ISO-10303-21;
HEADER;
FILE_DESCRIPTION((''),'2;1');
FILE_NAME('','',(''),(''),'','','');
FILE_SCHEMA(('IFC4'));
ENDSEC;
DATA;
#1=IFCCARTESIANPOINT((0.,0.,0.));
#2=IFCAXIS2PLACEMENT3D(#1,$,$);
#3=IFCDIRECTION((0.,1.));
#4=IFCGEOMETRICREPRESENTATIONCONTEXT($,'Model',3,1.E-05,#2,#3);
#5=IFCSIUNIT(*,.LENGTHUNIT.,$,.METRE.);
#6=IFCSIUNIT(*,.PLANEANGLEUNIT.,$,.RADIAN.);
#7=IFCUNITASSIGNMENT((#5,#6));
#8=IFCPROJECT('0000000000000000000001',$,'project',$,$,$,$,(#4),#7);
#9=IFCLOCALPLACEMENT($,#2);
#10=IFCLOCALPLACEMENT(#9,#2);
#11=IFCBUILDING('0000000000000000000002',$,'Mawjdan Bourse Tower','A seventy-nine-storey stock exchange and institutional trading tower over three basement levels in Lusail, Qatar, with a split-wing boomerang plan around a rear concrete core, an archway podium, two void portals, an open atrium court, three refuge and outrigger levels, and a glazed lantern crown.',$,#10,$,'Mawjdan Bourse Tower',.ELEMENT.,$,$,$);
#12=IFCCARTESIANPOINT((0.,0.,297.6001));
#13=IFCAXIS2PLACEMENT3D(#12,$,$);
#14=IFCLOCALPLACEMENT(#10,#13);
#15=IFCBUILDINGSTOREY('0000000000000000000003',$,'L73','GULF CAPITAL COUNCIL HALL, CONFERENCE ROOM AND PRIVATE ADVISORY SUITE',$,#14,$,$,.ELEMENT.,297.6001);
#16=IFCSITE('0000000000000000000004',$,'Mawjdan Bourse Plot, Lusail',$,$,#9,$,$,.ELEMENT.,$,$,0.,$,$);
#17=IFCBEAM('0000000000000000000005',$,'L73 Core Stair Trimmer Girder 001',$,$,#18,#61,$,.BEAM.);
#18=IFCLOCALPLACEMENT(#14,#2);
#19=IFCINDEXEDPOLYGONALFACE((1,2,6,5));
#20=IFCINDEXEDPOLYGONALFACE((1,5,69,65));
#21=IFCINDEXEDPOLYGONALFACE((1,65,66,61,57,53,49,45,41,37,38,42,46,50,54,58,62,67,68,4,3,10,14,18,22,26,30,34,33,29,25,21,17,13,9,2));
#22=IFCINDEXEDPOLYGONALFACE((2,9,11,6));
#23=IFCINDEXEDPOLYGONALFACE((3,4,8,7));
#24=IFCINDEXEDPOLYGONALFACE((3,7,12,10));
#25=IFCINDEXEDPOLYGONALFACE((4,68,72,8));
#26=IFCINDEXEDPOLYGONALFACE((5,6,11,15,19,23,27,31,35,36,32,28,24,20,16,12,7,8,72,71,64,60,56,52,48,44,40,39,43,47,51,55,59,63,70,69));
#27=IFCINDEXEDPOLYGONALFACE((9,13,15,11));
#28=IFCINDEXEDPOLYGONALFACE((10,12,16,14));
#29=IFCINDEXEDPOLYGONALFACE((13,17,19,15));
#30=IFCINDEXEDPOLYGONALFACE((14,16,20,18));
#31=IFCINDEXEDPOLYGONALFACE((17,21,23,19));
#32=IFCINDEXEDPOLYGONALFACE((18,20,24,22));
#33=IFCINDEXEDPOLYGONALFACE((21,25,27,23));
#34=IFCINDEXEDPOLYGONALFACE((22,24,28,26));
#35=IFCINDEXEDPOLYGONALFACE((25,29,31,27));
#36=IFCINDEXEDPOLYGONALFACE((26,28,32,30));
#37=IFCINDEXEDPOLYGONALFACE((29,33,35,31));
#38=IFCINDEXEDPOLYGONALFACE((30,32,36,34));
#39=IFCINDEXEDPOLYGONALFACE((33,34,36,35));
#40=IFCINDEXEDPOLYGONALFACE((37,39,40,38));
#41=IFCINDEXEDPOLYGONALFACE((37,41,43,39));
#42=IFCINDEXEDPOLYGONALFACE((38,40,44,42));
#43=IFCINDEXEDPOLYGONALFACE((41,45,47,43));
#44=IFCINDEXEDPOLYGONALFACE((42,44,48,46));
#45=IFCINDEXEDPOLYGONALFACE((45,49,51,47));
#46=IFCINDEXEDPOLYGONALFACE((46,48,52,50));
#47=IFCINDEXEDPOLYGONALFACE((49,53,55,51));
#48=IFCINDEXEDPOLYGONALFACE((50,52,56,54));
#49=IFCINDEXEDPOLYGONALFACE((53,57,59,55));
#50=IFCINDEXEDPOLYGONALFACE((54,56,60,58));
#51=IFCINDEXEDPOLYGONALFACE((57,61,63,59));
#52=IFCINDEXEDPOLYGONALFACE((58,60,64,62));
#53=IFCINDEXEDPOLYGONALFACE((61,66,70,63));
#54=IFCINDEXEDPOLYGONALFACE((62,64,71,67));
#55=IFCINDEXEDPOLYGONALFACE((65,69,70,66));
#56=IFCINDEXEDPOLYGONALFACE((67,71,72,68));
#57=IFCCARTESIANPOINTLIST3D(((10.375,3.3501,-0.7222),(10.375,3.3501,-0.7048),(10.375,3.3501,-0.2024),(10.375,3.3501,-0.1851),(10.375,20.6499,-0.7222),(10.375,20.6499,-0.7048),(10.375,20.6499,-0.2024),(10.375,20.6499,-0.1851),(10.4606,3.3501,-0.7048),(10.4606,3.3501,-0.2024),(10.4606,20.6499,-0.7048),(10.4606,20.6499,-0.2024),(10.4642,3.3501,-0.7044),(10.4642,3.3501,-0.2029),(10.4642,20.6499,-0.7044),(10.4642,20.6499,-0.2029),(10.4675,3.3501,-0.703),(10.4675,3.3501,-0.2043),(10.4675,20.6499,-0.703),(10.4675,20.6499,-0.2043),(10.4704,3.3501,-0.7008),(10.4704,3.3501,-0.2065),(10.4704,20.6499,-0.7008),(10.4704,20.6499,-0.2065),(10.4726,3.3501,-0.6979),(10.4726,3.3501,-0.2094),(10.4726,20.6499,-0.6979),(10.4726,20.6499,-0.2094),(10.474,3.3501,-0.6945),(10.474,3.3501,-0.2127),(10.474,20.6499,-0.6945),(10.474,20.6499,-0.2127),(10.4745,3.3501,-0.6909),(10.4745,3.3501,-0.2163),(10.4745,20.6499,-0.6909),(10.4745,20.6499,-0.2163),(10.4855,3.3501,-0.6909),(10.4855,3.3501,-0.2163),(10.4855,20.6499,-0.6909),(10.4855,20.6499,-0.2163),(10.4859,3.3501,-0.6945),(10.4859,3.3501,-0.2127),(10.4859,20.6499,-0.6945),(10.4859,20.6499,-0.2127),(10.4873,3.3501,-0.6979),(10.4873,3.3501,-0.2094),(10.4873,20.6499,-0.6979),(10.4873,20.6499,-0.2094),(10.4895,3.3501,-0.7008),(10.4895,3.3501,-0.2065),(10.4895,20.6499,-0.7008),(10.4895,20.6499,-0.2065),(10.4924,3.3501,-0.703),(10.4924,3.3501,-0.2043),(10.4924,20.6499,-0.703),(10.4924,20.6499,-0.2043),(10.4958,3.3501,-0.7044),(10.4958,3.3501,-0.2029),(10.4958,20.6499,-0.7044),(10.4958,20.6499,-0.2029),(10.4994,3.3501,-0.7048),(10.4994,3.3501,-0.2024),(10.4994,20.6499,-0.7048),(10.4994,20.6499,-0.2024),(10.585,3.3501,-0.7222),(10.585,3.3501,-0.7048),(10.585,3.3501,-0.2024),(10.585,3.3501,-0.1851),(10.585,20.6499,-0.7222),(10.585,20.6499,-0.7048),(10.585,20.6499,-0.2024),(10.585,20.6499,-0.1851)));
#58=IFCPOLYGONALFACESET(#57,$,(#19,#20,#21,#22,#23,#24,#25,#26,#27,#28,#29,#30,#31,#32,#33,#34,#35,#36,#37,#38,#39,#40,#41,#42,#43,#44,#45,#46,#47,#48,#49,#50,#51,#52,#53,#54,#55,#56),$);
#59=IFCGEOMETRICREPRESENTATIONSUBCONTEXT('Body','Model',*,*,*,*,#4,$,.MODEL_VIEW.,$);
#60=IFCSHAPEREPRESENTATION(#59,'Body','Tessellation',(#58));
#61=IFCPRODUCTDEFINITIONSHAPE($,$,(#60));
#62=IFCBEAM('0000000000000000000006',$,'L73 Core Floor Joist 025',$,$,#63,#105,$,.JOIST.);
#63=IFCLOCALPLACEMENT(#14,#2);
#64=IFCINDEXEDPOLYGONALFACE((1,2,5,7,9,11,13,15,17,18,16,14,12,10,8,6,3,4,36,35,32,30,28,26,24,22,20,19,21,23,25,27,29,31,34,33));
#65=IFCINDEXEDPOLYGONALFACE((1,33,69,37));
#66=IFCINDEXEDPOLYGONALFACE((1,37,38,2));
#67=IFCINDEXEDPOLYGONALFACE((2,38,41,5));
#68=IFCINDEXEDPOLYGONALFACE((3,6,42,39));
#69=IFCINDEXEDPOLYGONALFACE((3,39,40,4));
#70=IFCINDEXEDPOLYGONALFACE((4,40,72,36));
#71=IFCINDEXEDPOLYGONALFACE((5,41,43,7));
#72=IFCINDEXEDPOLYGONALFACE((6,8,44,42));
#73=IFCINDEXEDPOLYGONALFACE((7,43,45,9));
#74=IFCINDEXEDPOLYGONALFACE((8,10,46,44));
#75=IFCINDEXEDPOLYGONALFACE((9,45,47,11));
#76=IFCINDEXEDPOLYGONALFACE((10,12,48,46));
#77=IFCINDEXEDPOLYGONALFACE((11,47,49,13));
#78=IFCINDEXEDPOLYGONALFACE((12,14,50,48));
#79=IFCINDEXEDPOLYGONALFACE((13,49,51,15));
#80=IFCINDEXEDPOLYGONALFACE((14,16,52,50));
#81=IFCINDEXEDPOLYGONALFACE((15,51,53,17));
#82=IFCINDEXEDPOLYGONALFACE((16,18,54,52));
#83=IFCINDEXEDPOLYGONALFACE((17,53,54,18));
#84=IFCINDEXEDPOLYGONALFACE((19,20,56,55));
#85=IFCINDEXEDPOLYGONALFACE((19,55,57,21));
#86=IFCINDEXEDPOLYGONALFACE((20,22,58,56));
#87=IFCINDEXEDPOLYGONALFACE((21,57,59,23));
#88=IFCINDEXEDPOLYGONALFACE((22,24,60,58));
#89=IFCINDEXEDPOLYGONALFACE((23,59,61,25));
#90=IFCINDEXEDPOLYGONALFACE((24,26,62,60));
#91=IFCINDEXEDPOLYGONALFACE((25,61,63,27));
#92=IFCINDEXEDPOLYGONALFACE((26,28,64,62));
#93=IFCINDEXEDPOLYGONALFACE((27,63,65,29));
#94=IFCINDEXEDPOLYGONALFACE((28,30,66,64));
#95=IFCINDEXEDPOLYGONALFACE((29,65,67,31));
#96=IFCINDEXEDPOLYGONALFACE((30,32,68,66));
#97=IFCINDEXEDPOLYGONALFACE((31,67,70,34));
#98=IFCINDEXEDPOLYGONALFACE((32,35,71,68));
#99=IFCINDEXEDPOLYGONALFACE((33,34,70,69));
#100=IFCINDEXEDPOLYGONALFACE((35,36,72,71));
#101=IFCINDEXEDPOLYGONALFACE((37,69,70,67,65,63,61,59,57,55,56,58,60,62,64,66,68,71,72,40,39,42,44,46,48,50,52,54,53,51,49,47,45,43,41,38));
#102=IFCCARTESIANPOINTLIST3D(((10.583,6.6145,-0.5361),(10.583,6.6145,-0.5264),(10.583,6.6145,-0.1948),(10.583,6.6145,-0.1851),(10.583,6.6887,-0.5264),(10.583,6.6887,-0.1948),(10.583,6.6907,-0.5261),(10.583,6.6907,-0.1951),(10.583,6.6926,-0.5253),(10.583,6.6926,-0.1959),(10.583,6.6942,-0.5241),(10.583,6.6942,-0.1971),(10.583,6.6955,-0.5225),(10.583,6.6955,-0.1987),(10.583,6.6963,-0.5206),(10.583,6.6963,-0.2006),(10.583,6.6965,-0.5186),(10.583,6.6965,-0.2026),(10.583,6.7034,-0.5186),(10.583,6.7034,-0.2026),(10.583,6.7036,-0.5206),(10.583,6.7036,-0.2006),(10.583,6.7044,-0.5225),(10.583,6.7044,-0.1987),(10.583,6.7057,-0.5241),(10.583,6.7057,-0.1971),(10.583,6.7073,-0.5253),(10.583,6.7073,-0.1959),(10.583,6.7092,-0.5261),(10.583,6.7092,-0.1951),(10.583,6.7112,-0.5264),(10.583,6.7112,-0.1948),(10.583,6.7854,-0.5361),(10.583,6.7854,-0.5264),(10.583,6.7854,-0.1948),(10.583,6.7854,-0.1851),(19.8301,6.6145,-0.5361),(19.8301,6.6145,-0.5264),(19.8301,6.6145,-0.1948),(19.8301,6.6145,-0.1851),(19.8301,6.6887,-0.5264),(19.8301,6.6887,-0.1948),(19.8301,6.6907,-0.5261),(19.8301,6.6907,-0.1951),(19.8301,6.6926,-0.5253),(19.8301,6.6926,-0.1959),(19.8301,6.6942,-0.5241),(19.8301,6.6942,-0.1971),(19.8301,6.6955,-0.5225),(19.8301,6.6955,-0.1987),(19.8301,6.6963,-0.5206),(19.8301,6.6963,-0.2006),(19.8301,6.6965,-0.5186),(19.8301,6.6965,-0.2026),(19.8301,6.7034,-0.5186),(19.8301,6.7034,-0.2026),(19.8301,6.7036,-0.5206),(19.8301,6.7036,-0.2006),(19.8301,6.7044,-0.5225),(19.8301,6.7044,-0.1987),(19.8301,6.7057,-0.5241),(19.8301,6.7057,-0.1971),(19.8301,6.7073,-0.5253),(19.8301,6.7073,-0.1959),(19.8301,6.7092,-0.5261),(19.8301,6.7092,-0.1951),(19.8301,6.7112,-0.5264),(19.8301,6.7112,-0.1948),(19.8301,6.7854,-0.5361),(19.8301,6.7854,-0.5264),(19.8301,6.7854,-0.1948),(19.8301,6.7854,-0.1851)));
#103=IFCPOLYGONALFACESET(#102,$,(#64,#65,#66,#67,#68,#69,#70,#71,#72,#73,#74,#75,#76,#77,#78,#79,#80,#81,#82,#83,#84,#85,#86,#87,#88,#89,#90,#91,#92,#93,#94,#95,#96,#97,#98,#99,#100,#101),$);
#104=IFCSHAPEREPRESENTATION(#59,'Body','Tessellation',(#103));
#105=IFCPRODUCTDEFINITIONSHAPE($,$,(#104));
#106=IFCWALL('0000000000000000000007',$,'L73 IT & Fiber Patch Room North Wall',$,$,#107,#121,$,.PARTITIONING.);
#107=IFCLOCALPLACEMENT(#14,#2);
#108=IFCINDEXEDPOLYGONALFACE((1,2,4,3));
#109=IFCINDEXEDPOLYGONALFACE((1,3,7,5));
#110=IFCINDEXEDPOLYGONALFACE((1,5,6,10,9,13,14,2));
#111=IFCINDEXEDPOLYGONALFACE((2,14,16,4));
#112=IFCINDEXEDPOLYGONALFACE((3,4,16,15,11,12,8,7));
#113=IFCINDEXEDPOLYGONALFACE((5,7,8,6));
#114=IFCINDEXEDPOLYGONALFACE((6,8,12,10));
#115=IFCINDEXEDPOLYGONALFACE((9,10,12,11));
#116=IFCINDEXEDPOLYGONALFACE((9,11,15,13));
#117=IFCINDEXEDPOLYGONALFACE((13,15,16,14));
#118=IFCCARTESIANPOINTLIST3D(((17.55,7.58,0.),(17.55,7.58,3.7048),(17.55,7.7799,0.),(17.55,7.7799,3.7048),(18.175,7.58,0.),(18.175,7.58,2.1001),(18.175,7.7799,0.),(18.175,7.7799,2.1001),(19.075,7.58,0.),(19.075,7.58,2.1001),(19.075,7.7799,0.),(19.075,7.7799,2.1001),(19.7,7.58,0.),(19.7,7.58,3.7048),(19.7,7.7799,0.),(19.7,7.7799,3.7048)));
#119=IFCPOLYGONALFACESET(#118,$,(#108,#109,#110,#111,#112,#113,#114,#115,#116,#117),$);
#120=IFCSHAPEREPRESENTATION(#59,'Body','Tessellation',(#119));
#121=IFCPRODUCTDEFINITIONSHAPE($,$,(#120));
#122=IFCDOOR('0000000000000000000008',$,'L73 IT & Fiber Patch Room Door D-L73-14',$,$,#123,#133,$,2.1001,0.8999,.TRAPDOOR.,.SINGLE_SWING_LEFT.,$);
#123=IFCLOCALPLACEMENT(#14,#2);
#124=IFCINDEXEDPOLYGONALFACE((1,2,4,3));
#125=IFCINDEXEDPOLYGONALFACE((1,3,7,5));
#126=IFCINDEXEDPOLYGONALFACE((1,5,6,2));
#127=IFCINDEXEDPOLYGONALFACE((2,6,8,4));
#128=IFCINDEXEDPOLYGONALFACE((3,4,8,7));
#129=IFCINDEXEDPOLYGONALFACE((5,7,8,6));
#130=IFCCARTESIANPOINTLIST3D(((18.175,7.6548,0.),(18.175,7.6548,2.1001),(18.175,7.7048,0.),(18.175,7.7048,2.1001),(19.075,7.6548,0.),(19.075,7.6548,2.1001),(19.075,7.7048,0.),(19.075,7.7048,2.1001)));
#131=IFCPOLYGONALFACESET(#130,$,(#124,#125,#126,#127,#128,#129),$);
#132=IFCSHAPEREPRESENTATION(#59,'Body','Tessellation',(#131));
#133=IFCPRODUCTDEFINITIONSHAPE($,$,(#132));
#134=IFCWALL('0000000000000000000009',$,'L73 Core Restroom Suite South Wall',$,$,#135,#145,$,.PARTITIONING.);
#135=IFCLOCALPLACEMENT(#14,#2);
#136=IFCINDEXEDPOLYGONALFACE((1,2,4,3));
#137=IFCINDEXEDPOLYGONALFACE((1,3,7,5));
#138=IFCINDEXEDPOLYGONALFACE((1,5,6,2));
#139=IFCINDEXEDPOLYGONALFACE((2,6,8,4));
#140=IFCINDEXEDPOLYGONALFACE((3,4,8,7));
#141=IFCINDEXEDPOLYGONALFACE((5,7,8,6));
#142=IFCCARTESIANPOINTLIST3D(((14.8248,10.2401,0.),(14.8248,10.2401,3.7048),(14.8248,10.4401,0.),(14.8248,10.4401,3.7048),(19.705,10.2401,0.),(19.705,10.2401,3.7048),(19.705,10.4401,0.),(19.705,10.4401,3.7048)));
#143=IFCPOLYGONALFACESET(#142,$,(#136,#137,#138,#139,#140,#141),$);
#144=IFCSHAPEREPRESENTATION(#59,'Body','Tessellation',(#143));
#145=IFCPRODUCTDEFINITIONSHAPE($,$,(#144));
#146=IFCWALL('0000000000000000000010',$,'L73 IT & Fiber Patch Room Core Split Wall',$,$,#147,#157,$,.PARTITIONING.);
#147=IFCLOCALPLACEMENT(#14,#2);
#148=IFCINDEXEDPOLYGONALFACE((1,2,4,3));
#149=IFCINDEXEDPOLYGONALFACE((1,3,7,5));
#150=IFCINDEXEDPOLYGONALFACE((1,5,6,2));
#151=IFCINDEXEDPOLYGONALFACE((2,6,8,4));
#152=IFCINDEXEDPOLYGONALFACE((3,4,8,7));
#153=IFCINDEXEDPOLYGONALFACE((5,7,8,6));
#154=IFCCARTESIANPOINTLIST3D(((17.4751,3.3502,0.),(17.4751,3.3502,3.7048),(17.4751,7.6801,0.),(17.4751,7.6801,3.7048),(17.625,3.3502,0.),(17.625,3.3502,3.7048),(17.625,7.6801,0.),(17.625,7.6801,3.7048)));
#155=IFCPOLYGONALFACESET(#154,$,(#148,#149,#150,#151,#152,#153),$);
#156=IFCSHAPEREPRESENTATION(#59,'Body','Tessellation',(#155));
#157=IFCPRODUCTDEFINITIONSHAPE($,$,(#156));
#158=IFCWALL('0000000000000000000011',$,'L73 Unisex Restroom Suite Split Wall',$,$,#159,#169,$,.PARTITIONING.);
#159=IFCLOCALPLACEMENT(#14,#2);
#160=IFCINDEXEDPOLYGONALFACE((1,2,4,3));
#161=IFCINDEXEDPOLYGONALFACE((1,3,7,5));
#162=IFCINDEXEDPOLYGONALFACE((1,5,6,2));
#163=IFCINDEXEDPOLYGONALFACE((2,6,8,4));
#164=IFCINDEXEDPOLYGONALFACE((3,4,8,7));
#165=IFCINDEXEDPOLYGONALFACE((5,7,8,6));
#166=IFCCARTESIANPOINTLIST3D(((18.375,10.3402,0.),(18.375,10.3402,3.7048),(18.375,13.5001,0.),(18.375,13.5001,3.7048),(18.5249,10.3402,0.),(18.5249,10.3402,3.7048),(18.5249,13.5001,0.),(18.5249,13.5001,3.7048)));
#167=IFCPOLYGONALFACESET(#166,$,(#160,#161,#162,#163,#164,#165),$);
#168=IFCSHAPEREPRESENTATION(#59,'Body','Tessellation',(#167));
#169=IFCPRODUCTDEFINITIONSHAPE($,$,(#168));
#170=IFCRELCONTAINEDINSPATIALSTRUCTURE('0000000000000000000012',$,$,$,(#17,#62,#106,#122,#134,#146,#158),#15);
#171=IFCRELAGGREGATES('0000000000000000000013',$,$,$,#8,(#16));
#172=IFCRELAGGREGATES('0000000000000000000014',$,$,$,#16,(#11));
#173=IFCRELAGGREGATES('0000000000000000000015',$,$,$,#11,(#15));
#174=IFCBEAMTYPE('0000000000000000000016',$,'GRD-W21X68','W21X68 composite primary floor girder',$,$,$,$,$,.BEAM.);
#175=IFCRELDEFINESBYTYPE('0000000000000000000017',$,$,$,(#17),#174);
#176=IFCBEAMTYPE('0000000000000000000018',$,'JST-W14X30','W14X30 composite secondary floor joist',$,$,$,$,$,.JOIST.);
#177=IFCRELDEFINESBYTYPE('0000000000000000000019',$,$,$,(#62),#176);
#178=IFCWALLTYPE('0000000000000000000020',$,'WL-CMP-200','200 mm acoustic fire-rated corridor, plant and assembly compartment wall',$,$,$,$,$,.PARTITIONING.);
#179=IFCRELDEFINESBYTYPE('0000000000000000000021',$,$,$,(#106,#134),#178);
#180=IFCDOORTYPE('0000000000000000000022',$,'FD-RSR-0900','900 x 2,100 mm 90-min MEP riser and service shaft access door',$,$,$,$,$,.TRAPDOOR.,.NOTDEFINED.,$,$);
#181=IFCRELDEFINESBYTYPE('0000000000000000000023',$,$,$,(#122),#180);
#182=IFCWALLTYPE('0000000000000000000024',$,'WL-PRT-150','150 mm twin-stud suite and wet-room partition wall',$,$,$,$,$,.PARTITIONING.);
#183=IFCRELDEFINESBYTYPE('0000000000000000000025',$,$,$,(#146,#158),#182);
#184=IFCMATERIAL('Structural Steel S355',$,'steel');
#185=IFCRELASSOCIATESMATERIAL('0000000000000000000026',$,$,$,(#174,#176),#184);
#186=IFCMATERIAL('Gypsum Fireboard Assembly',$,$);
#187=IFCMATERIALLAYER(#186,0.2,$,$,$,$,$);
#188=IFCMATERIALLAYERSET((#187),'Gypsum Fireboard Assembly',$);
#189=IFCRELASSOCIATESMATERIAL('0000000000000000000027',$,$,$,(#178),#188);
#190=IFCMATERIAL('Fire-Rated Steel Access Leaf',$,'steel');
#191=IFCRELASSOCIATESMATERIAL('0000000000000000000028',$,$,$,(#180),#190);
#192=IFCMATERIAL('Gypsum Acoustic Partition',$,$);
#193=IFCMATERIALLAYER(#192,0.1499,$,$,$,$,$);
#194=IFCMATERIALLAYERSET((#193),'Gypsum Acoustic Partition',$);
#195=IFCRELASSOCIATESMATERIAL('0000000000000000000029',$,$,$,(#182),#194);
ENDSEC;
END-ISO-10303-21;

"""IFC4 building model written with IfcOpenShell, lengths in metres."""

from ifc_helpers import new_model, si_unit, direction, frame, frame_2d, origin, origin_2d, place, context, subcontext, project, spatial, rectangle, i_section, extrude, material, layer, layer_set, material_profile, profile_set, type_object, element, fill, save


model = new_model("IFC4")

# Units and contexts
model_context = context("Model", 3, precision=1e-05, world=origin(), true_north=direction((0.0, 1.0)))
body_context = subcontext(model_context, "Body", "Model", "MODEL_VIEW")
ifc_project = project(units=[si_unit("LENGTHUNIT", "METRE"), si_unit("PLANEANGLEUNIT", "RADIAN")], contexts=[model_context])

# Site, building, storey
site_placement = place(None, origin())
site = spatial("IfcSite", under=ifc_project, at=site_placement, Name="Mawjdan Bourse Plot, Lusail", CompositionType="ELEMENT", RefElevation=0.0)
building_placement = place(site_placement, origin())
building = spatial("IfcBuilding", under=site, at=building_placement, Name="Mawjdan Bourse Tower", Description="A seventy-nine-storey stock exchange and institutional trading tower over three basement levels in Lusail, Qatar, with a split-wing boomerang plan around a rear concrete core, an archway podium, two void portals, an open atrium court, three refuge and outrigger levels, and a glazed lantern crown.", LongName="Mawjdan Bourse Tower", CompositionType="ELEMENT")
storey_placement = place(building_placement, frame((0.0, 0.0, 297.6001)))
storey = spatial("IfcBuildingStorey", under=building, at=storey_placement, Name="L73", Description="GULF CAPITAL COUNCIL HALL, CONFERENCE ROOM AND PRIVATE ADVISORY SUITE", CompositionType="ELEMENT", Elevation=297.6001)

# Beams
ifc_material_1 = material(Name="Structural Steel S355", Category="steel")
ifc_material_profile_1 = material_profile(ifc_material_1, i_section(OverallWidth=0.21, OverallDepth=0.5371, WebThickness=0.011, FlangeThickness=0.0173, FilletRadius=0.0139, at=origin_2d()), Name="W21X68")
ifc_profile_set_1 = profile_set([ifc_material_profile_1], Name="Structural Steel S355")
beam_type_1 = type_object("IfcBeamType", Name="GRD-W21X68", Description="W21X68 composite primary floor girder", PredefinedType="BEAM", material=ifc_profile_set_1)
beam_1_placement = place(storey_placement, frame((10.48, 3.3501, -0.4536), z_axis=(0.0, 1.0, 0.0), x_axis=(-1.0, 0.0, 0.0)))
element("IfcBeam", 1, at=beam_1_placement, inside=storey, type_object=beam_type_1, Name="L73 Core Stair Trimmer Girder 001", PredefinedType="BEAM", context=body_context, shape_type="SweptSolid", body=[
    extrude(i_section(OverallWidth=0.21, OverallDepth=0.5371, WebThickness=0.011, FlangeThickness=0.0173, FilletRadius=0.0139, at=origin_2d()), origin(), (0.0, 0.0, 1.0), 17.2998),
])
ifc_material_profile_2 = material_profile(ifc_material_1, i_section(OverallWidth=0.1709, OverallDepth=0.3511, WebThickness=0.0068, FlangeThickness=0.0098, FilletRadius=0.0078, at=origin_2d()), Name="W14X30")
ifc_profile_set_2 = profile_set([ifc_material_profile_2], Name="Structural Steel S355")
beam_type_2 = type_object("IfcBeamType", Name="JST-W14X30", Description="W14X30 composite secondary floor joist", PredefinedType="JOIST", material=ifc_profile_set_2)
beam_2_placement = place(storey_placement, frame((10.583, 6.7, -0.3606), z_axis=(1.0, 0.0, 0.0), x_axis=(0.0, 1.0, 0.0)))
element("IfcBeam", 2, at=beam_2_placement, inside=storey, type_object=beam_type_2, Name="L73 Core Floor Joist 025", PredefinedType="JOIST", context=body_context, shape_type="SweptSolid", body=[
    extrude(i_section(OverallWidth=0.1709, OverallDepth=0.3511, WebThickness=0.0068, FlangeThickness=0.0098, FilletRadius=0.0078, at=origin_2d()), origin(), (0.0, 0.0, 1.0), 9.2471),
])

# Wall, opening, door
ifc_material_2 = material(Name="Gypsum Fireboard Assembly")
ifc_layer_1 = layer(ifc_material_2, 0.2)
ifc_layer_set_1 = layer_set([ifc_layer_1], Name="Gypsum Fireboard Assembly")
wall_type_1 = type_object("IfcWallType", Name="WL-CMP-200", Description="200 mm acoustic fire-rated corridor, plant and assembly compartment wall", PredefinedType="PARTITIONING", material=ifc_layer_set_1)
wall_1_placement = place(storey_placement, frame((17.55, 7.6799, 0.0), z_axis=(0.0, 0.0, 1.0), x_axis=(1.0, 0.0, 0.0)))
wall_1 = element("IfcWall", 3, at=wall_1_placement, inside=storey, type_object=wall_type_1, Name="L73 IT & Fiber Patch Room North Wall", PredefinedType="PARTITIONING", context=body_context, shape_type="SweptSolid", body=[
    extrude(rectangle(XDim=2.1499, YDim=0.2, at=frame_2d((1.075, 0.0))), origin(), (0.0, 0.0, 1.0), 3.7048),
])
opening_1_placement = place(wall_1_placement, frame((0.625, 0.0, 0.0)))
opening_1 = element("IfcOpeningElement", 4, at=opening_1_placement, cuts=wall_1, PredefinedType="OPENING", context=body_context, shape_type="SweptSolid", body=[
    extrude(rectangle(XDim=0.8999, YDim=2.1001, at=frame_2d((0.45, 1.05))), frame((0.0, 0.1099, 0.0), z_axis=(0.0, -1.0, 0.0), x_axis=(1.0, 0.0, 0.0)), (0.0, 0.0, 1.0), 0.22),
])
ifc_material_3 = material(Name="Fire-Rated Steel Access Leaf", Category="steel")
door_type_1 = type_object("IfcDoorType", Name="FD-RSR-0900", Description="900 x 2,100 mm 90-min MEP riser and service shaft access door", OperationType="NOTDEFINED", PredefinedType="TRAPDOOR", material=ifc_material_3)
door_1_placement = place(opening_1_placement, origin())
door_1 = element("IfcDoor", 5, at=door_1_placement, inside=storey, type_object=door_type_1, Name="L73 IT & Fiber Patch Room Door D-L73-14", OperationType="SINGLE_SWING_LEFT", OverallHeight=2.1001, OverallWidth=0.8999, PredefinedType="TRAPDOOR", context=body_context, shape_type="SweptSolid", body=[
    extrude(rectangle(XDim=0.8999, YDim=2.1001, at=frame_2d((0.45, 1.05))), frame((0.0, 0.0249, 0.0), z_axis=(0.0, -1.0, 0.0), x_axis=(1.0, 0.0, 0.0)), (0.0, 0.0, 1.0), 0.05),
])
fill(opening_1, door_1)

# Walls
wall_2_placement = place(storey_placement, frame((14.825, 10.3401, 0.0), z_axis=(0.0, 0.0, 1.0), x_axis=(1.0, 0.0, 0.0)))
element("IfcWall", 6, at=wall_2_placement, inside=storey, type_object=wall_type_1, Name="L73 Core Restroom Suite South Wall", PredefinedType="PARTITIONING", context=body_context, shape_type="SweptSolid", body=[
    extrude(rectangle(XDim=4.8801, YDim=0.2, at=frame_2d((2.4399, 0.0))), origin(), (0.0, 0.0, 1.0), 3.7048),
])
ifc_material_4 = material(Name="Gypsum Acoustic Partition")
ifc_layer_2 = layer(ifc_material_4, 0.1499)
ifc_layer_set_2 = layer_set([ifc_layer_2], Name="Gypsum Acoustic Partition")
wall_type_2 = type_object("IfcWallType", Name="WL-PRT-150", Description="150 mm twin-stud suite and wet-room partition wall", PredefinedType="PARTITIONING", material=ifc_layer_set_2)
wall_3_placement = place(storey_placement, frame((17.55, 3.3501, 0.0), z_axis=(0.0, 0.0, 1.0), x_axis=(0.0, 1.0, 0.0)))
element("IfcWall", 7, at=wall_3_placement, inside=storey, type_object=wall_type_2, Name="L73 IT & Fiber Patch Room Core Split Wall", PredefinedType="PARTITIONING", context=body_context, shape_type="SweptSolid", body=[
    extrude(rectangle(XDim=4.3298, YDim=0.1499, at=frame_2d((2.165, 0.0))), origin(), (0.0, 0.0, 1.0), 3.7048),
])
wall_4_placement = place(storey_placement, frame((18.45, 10.3401, 0.0), z_axis=(0.0, 0.0, 1.0), x_axis=(0.0, 1.0, 0.0)))
element("IfcWall", 8, at=wall_4_placement, inside=storey, type_object=wall_type_2, Name="L73 Unisex Restroom Suite Split Wall", PredefinedType="PARTITIONING", context=body_context, shape_type="SweptSolid", body=[
    extrude(rectangle(XDim=3.1599, YDim=0.1499, at=frame_2d((1.5801, 0.0))), origin(), (0.0, 0.0, 1.0), 3.7048),
])

save(model, "model.ifc")
